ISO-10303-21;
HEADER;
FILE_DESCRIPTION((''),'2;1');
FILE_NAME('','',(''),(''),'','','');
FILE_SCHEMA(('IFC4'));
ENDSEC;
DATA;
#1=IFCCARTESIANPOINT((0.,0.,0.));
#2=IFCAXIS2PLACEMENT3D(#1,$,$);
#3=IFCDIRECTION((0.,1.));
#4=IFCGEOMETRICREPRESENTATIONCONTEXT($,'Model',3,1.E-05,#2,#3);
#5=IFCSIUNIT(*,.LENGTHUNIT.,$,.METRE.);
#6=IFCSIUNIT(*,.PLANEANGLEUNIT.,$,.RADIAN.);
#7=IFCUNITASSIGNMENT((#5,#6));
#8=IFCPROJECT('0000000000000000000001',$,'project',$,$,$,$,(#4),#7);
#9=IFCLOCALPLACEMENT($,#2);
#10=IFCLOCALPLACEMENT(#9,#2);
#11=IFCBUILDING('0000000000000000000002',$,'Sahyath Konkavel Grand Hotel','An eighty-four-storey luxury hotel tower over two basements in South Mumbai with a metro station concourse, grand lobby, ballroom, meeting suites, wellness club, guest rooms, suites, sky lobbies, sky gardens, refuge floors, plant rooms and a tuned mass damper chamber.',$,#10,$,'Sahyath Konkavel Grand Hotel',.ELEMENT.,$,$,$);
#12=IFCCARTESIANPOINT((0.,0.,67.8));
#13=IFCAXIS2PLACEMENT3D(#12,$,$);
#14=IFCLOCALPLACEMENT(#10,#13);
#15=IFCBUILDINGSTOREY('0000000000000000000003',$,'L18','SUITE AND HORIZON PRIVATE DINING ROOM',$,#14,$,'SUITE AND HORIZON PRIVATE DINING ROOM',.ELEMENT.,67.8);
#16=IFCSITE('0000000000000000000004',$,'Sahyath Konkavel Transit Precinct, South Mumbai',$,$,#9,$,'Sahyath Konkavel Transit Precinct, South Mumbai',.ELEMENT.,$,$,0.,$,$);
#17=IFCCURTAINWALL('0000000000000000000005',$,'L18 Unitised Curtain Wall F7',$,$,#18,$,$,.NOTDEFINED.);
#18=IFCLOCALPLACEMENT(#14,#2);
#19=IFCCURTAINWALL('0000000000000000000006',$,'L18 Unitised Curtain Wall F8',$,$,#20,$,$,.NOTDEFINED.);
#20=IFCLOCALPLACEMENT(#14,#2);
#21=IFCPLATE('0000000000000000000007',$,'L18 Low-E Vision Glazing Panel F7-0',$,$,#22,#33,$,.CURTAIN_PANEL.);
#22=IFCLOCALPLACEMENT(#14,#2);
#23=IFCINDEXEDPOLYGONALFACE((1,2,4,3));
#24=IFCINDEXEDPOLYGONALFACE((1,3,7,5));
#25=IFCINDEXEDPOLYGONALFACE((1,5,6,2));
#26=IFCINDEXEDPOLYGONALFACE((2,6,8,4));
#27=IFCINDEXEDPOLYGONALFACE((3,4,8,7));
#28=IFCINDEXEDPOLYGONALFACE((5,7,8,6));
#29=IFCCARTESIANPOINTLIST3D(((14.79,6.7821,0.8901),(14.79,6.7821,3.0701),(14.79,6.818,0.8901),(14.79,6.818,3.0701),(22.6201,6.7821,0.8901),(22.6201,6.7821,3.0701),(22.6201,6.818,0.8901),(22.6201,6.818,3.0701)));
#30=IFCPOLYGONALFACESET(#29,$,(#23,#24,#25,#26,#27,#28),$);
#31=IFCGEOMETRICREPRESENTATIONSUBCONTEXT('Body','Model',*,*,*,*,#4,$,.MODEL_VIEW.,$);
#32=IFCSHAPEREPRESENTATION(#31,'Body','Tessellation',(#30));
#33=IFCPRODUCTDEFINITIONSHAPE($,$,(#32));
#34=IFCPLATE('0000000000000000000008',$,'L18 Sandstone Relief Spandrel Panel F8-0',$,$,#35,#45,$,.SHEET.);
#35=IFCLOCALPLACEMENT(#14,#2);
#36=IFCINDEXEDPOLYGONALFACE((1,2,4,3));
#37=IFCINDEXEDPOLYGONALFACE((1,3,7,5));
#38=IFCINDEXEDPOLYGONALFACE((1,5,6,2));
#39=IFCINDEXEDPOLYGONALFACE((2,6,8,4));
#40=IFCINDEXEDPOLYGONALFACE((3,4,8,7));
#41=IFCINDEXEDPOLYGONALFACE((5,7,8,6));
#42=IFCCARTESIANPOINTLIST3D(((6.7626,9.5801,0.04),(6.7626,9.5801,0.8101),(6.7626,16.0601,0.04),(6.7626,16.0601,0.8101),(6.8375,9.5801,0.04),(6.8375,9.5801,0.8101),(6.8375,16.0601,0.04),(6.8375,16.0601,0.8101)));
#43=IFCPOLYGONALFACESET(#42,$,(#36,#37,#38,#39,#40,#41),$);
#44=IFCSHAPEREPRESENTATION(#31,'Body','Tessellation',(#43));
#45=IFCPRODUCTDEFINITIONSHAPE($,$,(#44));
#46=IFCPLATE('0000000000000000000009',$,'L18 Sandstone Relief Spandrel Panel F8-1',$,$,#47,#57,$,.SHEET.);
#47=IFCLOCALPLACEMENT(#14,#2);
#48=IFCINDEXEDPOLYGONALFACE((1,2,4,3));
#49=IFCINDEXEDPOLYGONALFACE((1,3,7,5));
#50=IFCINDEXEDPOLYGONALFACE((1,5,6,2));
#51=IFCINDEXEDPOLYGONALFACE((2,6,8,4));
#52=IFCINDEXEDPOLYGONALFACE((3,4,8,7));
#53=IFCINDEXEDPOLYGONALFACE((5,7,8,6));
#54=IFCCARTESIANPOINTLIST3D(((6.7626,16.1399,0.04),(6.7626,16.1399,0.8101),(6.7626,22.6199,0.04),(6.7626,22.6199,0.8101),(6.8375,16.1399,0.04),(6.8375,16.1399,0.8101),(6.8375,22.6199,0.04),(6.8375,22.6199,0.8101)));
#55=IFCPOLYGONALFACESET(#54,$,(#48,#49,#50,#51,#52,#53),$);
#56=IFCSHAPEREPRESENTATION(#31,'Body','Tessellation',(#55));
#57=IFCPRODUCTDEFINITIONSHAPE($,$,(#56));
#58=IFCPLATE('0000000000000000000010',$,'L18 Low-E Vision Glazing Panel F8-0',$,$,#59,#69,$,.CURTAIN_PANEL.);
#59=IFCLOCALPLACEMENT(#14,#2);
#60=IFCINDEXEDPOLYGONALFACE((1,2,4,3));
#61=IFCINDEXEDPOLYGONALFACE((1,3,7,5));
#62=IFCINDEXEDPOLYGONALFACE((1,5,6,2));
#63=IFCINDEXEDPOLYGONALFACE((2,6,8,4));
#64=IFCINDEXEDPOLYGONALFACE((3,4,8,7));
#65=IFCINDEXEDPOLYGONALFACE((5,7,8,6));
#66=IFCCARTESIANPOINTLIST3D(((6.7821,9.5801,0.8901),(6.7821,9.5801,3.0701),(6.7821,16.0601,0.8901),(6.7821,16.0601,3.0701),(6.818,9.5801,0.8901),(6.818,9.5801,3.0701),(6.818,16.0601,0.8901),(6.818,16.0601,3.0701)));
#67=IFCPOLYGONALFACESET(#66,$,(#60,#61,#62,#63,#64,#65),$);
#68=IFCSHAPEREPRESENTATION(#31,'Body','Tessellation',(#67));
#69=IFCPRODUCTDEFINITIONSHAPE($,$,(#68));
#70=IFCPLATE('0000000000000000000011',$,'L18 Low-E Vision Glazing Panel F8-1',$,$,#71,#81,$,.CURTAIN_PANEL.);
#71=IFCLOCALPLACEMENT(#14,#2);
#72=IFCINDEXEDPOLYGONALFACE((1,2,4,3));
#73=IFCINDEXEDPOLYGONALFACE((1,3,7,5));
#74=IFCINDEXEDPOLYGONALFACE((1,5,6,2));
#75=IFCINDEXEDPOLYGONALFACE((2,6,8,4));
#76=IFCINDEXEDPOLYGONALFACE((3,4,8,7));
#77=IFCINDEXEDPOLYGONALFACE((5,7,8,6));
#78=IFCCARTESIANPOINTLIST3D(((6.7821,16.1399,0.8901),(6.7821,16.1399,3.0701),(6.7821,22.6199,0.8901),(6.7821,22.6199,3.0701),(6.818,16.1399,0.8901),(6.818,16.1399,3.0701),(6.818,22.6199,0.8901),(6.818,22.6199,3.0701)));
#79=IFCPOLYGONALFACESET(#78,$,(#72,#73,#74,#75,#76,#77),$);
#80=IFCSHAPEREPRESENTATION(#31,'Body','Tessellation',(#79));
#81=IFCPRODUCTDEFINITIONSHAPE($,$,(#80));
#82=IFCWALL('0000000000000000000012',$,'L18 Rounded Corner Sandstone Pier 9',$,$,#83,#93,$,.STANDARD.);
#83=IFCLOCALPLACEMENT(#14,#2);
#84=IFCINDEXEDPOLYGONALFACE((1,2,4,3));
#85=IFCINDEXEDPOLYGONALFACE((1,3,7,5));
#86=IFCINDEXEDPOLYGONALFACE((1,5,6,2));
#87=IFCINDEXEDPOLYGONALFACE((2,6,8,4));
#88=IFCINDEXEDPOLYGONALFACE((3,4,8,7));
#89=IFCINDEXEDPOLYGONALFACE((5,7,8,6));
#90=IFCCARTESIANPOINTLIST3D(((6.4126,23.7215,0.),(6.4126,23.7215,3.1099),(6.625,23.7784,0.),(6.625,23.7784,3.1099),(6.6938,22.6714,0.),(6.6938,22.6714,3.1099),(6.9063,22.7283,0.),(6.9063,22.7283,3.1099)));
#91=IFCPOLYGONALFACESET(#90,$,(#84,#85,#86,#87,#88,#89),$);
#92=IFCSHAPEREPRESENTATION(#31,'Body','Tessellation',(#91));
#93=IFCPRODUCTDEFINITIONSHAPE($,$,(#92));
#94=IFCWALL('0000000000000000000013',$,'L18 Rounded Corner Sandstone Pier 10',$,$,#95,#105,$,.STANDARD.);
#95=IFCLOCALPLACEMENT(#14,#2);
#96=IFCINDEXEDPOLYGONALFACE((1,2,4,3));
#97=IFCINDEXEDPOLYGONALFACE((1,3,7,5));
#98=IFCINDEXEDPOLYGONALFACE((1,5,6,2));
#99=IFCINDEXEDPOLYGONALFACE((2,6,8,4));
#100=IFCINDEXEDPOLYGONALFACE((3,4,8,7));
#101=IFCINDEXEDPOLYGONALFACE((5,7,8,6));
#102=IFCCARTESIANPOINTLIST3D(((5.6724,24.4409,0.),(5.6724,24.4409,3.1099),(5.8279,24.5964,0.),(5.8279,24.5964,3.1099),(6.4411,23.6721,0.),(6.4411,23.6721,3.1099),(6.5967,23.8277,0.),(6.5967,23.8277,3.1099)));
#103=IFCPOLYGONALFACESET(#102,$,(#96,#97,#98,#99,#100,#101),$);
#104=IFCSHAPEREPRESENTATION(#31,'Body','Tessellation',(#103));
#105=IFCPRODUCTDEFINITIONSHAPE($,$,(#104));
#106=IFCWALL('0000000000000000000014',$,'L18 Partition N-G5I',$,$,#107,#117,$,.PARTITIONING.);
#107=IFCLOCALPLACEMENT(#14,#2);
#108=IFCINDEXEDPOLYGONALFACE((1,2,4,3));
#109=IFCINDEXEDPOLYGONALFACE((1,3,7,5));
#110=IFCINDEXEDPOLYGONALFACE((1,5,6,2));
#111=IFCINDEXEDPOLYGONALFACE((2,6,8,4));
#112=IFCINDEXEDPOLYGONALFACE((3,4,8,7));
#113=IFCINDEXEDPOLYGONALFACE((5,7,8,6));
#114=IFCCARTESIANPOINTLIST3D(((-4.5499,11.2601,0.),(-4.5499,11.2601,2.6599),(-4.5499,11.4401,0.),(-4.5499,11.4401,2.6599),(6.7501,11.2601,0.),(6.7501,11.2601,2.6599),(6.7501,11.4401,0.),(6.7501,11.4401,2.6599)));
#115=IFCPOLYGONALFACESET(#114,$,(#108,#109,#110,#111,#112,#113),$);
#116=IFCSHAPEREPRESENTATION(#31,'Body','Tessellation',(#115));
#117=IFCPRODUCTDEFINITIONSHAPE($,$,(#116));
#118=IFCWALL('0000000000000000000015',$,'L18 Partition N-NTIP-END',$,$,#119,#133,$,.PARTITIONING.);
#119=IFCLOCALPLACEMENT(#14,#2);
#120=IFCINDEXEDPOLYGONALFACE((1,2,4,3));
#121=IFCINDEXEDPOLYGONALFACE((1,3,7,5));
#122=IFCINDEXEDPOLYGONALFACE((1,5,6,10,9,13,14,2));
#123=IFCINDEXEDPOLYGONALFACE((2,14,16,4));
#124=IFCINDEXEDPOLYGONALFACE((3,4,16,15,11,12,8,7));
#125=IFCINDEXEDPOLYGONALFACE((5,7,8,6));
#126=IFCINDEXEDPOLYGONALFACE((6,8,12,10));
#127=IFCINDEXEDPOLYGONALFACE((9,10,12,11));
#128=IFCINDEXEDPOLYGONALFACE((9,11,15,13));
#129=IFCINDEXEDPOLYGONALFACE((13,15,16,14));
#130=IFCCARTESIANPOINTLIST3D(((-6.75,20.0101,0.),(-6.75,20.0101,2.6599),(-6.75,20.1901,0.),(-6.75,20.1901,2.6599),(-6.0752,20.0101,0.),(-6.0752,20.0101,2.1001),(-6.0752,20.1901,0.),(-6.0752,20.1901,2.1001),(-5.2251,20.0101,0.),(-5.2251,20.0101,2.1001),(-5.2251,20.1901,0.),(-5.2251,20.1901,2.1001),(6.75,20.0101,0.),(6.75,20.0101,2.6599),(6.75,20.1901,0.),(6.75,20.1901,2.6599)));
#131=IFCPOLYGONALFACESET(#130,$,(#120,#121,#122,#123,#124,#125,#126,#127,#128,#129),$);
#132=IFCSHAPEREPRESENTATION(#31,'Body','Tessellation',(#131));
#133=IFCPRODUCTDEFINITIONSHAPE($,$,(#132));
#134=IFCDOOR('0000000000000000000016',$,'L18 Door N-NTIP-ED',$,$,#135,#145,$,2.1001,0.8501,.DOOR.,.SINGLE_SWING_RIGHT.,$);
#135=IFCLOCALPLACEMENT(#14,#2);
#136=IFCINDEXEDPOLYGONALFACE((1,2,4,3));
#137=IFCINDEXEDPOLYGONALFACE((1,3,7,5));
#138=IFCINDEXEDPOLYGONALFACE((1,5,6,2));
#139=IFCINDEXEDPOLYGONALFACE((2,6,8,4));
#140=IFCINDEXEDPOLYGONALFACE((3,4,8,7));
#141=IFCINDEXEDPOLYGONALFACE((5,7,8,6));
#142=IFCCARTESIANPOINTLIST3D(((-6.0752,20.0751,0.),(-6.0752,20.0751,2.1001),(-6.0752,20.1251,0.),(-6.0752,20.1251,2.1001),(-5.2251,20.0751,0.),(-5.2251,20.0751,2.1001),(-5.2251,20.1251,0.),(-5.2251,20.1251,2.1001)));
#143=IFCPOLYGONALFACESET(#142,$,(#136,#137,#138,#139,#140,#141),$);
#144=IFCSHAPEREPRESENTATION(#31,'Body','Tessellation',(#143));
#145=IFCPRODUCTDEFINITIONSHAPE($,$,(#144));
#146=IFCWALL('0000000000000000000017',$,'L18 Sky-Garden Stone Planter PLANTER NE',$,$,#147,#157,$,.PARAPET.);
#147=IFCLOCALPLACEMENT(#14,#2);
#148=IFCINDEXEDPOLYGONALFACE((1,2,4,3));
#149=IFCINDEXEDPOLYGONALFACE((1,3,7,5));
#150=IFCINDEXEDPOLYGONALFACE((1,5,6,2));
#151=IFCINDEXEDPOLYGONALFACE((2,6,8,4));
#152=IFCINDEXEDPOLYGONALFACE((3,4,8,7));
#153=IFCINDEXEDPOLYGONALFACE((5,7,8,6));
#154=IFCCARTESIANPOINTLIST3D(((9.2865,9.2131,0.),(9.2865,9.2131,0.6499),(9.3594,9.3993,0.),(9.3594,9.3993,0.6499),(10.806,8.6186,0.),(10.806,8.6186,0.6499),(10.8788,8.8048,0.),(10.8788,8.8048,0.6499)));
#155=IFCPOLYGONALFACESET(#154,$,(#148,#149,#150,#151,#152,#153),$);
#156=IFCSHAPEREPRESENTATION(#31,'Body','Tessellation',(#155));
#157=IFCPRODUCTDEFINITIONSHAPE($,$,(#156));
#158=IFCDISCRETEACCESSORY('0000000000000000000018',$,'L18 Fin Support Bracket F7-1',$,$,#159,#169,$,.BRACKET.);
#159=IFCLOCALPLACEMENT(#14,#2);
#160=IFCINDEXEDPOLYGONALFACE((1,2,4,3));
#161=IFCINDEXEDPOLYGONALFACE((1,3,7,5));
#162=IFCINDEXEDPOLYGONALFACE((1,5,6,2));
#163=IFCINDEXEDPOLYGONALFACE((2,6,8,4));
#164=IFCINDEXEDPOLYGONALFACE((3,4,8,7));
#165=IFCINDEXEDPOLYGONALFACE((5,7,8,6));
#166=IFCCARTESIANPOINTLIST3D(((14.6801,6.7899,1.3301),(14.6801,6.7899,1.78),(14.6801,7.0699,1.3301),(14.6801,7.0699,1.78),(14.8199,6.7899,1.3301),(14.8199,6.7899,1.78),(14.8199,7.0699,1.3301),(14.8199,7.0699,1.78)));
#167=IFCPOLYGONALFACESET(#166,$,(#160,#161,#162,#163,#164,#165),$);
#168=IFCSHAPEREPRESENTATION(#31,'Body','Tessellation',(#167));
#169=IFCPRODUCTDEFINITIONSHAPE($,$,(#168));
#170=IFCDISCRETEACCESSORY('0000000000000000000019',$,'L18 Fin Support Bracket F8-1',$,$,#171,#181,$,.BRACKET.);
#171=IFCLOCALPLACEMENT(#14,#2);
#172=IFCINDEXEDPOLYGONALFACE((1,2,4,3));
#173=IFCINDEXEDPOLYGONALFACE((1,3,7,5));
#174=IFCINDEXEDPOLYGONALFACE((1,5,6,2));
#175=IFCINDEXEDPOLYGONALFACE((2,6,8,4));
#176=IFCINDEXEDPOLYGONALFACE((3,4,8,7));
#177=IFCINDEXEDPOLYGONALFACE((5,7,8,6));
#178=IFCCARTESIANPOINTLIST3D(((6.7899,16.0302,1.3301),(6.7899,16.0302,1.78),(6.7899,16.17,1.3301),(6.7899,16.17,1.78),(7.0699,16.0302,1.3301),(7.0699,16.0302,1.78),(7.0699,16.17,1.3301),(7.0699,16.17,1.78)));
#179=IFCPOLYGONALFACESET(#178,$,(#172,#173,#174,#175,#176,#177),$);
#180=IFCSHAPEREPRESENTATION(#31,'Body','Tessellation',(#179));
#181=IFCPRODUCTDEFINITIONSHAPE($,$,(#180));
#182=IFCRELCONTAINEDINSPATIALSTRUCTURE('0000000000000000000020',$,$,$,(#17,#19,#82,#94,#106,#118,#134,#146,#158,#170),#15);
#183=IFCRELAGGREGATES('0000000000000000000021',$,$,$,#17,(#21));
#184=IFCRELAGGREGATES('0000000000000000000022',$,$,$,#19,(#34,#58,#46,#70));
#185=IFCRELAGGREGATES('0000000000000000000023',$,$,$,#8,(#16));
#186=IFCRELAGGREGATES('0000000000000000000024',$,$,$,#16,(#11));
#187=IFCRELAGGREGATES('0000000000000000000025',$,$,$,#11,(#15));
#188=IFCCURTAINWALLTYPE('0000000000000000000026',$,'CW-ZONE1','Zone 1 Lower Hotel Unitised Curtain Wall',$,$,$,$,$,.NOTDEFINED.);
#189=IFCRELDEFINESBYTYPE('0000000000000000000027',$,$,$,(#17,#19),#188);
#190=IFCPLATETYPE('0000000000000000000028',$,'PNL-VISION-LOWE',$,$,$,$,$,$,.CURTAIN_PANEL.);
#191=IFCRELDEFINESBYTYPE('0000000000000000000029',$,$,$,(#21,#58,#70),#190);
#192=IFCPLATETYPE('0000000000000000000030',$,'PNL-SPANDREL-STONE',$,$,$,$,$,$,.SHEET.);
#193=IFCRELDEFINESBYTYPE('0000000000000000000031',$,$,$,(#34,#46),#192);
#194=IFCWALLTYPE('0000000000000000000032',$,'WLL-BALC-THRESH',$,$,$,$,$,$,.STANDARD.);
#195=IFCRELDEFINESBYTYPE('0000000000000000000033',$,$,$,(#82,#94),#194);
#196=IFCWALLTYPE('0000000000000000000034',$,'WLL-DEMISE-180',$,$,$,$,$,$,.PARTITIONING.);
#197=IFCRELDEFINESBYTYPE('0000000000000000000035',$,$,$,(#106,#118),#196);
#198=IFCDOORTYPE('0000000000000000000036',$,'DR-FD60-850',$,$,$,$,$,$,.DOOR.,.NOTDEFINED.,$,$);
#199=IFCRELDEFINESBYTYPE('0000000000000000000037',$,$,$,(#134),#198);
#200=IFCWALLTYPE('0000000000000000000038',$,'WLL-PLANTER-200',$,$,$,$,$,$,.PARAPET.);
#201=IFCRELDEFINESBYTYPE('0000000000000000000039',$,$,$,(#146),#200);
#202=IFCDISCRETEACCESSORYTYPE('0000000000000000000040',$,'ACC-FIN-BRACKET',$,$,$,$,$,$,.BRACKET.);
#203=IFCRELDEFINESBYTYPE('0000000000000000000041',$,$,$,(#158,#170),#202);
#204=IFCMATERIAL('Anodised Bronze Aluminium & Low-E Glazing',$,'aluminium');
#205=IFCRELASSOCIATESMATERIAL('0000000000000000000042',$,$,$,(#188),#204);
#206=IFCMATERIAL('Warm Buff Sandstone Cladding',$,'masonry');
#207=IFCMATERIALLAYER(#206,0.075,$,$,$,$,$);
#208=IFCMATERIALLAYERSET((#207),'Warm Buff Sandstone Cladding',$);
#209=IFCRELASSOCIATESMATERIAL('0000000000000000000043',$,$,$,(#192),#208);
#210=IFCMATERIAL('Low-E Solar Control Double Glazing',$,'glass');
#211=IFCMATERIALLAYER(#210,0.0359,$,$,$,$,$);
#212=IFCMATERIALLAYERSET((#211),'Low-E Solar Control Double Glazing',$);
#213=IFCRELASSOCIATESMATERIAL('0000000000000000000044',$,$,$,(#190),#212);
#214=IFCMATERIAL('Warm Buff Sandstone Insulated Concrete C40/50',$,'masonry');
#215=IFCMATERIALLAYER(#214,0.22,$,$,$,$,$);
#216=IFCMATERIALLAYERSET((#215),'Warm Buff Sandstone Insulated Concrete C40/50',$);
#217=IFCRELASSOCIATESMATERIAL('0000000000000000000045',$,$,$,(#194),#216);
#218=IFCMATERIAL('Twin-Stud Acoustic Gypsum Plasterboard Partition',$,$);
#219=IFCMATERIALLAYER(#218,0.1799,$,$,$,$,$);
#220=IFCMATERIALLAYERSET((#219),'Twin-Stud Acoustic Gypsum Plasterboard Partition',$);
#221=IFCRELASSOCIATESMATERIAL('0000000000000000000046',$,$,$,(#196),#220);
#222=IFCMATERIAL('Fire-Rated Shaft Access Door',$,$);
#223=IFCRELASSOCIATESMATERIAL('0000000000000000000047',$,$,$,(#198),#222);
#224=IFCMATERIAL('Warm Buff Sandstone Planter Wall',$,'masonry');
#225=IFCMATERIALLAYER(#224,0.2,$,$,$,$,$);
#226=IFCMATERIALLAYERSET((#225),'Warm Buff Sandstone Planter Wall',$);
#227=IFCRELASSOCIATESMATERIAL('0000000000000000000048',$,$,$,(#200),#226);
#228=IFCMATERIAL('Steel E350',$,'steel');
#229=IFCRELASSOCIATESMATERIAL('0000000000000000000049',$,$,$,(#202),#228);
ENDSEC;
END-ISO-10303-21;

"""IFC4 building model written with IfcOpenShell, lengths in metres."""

from ifc_helpers import new_model, si_unit, direction, frame, frame_2d, origin, origin_2d, place, context, subcontext, project, spatial, rectangle, extrude, source, transform, mapped, material, layer, layer_set, type_object, element, fill, aggregate, save


model = new_model("IFC4")

# Units and contexts
model_context = context("Model", 3, precision=1e-05, world=origin(), true_north=direction((0.0, 1.0)))
body_context = subcontext(model_context, "Body", "Model", "MODEL_VIEW")
ifc_project = project(units=[si_unit("LENGTHUNIT", "METRE"), si_unit("PLANEANGLEUNIT", "RADIAN")], contexts=[model_context])

# Site, building, storey
site_placement = place(None, origin())
site = spatial("IfcSite", under=ifc_project, at=site_placement, Name="Sahyath Konkavel Transit Precinct, South Mumbai", LongName="Sahyath Konkavel Transit Precinct, South Mumbai", CompositionType="ELEMENT", RefElevation=0.0)
building_placement = place(site_placement, origin())
building = spatial("IfcBuilding", under=site, at=building_placement, Name="Sahyath Konkavel Grand Hotel", Description="An eighty-four-storey luxury hotel tower over two basements in South Mumbai with a metro station concourse, grand lobby, ballroom, meeting suites, wellness club, guest rooms, suites, sky lobbies, sky gardens, refuge floors, plant rooms and a tuned mass damper chamber.", LongName="Sahyath Konkavel Grand Hotel", CompositionType="ELEMENT")
storey_placement = place(building_placement, frame((0.0, 0.0, 67.8)))
storey = spatial("IfcBuildingStorey", under=building, at=storey_placement, Name="L18", Description="SUITE AND HORIZON PRIVATE DINING ROOM", LongName="SUITE AND HORIZON PRIVATE DINING ROOM", CompositionType="ELEMENT", Elevation=67.8)

# Curtain wall
ifc_material_1 = material(Name="Anodised Bronze Aluminium & Low-E Glazing", Category="aluminium")
curtain_wall_type = type_object("IfcCurtainWallType", Name="CW-ZONE1", Description="Zone 1 Lower Hotel Unitised Curtain Wall", PredefinedType="NOTDEFINED", material=ifc_material_1)
curtain_wall_1_placement = place(storey_placement, origin())
curtain_wall_1 = element("IfcCurtainWall", 1, at=curtain_wall_1_placement, inside=storey, type_object=curtain_wall_type, Name="L18 Unitised Curtain Wall F7", PredefinedType="NOTDEFINED")

# Curtain wall
curtain_wall_2_placement = place(storey_placement, origin())
curtain_wall_2 = element("IfcCurtainWall", 2, at=curtain_wall_2_placement, inside=storey, type_object=curtain_wall_type, Name="L18 Unitised Curtain Wall F8", PredefinedType="NOTDEFINED")

# Plates
ifc_material_2 = material(Name="Warm Buff Sandstone Cladding", Category="masonry")
ifc_layer_1 = layer(ifc_material_2, 0.075)
ifc_layer_set_1 = layer_set([ifc_layer_1], Name="Warm Buff Sandstone Cladding")
plate_type_1 = type_object("IfcPlateType", Name="PNL-SPANDREL-STONE", PredefinedType="SHEET", material=ifc_layer_set_1)
ifc_material_3 = material(Name="Low-E Solar Control Double Glazing", Category="glass")
ifc_layer_2 = layer(ifc_material_3, 0.0359)
ifc_layer_set_2 = layer_set([ifc_layer_2], Name="Low-E Solar Control Double Glazing")
plate_type_2 = type_object("IfcPlateType", Name="PNL-VISION-LOWE", PredefinedType="CURTAIN_PANEL", material=ifc_layer_set_2)
shared_shape_1 = source(origin(), body_context, "Body", "SweptSolid", [
    extrude(rectangle(XDim=7.8301, YDim=0.0359, at=origin_2d()), origin(), (0.0, 0.0, 1.0), 2.1799),
])
plate_1_placement = place(storey_placement, frame((18.7051, 6.8, 0.8901), z_axis=(0.0, 0.0, 1.0), x_axis=(-1.0, 0.0, 0.0)))
plate_1 = element("IfcPlate", 3, at=plate_1_placement, type_object=plate_type_2, Name="L18 Low-E Vision Glazing Panel F7-0", PredefinedType="CURTAIN_PANEL", context=body_context, shape_type="MappedRepresentation", body=[
    mapped(shared_shape_1, transform((0.0, 0.0, 0.0), scale=1.0)),
])
aggregate(curtain_wall_1, [plate_1])
shared_shape_2 = source(origin(), body_context, "Body", "SweptSolid", [
    extrude(rectangle(XDim=6.48, YDim=0.075, at=origin_2d()), origin(), (0.0, 0.0, 1.0), 0.77),
])
plate_2_placement = place(storey_placement, frame((6.8, 12.8201, 0.04), z_axis=(0.0, 0.0, 1.0), x_axis=(0.0, 1.0, 0.0)))
plate_2 = element("IfcPlate", 4, at=plate_2_placement, type_object=plate_type_1, Name="L18 Sandstone Relief Spandrel Panel F8-0", PredefinedType="SHEET", context=body_context, shape_type="MappedRepresentation", body=[
    mapped(shared_shape_2, transform((0.0, 0.0, 0.0), scale=1.0)),
])
plate_3_placement = place(storey_placement, frame((6.8, 19.3799, 0.04), z_axis=(0.0, 0.0, 1.0), x_axis=(0.0, 1.0, 0.0)))
plate_3 = element("IfcPlate", 5, at=plate_3_placement, type_object=plate_type_1, Name="L18 Sandstone Relief Spandrel Panel F8-1", PredefinedType="SHEET", context=body_context, shape_type="MappedRepresentation", body=[
    mapped(shared_shape_2, transform((0.0, 0.0, 0.0), scale=1.0)),
])
shared_shape_3 = source(origin(), body_context, "Body", "SweptSolid", [
    extrude(rectangle(XDim=6.48, YDim=0.0359, at=origin_2d()), origin(), (0.0, 0.0, 1.0), 2.1799),
])
plate_4_placement = place(storey_placement, frame((6.8, 12.8201, 0.8901), z_axis=(0.0, 0.0, 1.0), x_axis=(0.0, 1.0, 0.0)))
plate_4 = element("IfcPlate", 6, at=plate_4_placement, type_object=plate_type_2, Name="L18 Low-E Vision Glazing Panel F8-0", PredefinedType="CURTAIN_PANEL", context=body_context, shape_type="MappedRepresentation", body=[
    mapped(shared_shape_3, transform((0.0, 0.0, 0.0), scale=1.0)),
])
plate_5_placement = place(storey_placement, frame((6.8, 19.3799, 0.8901), z_axis=(0.0, 0.0, 1.0), x_axis=(0.0, 1.0, 0.0)))
plate_5 = element("IfcPlate", 7, at=plate_5_placement, type_object=plate_type_2, Name="L18 Low-E Vision Glazing Panel F8-1", PredefinedType="CURTAIN_PANEL", context=body_context, shape_type="MappedRepresentation", body=[
    mapped(shared_shape_3, transform((0.0, 0.0, 0.0), scale=1.0)),
])
aggregate(curtain_wall_2, [plate_2, plate_4, plate_3, plate_5])

# Walls
ifc_material_4 = material(Name="Warm Buff Sandstone Insulated Concrete C40/50", Category="masonry")
ifc_layer_3 = layer(ifc_material_4, 0.22)
ifc_layer_set_3 = layer_set([ifc_layer_3], Name="Warm Buff Sandstone Insulated Concrete C40/50")
wall_type_1 = type_object("IfcWallType", Name="WLL-BALC-THRESH", PredefinedType="STANDARD", material=ifc_layer_set_3)
for number, where, z_axis, x_axis, name in (
    (8, (6.8, 22.7, 0.0), (0.0, 0.0, 1.0), (-0.258725, 0.965951, 0.0), "L18 Rounded Corner Sandstone Pier 9"),
    (9, (6.5188, 23.75, 0.0), (0.0, 0.0, 1.0), (-0.707107, 0.707107, 0.0), "L18 Rounded Corner Sandstone Pier 10"),
):
    element("IfcWall", number, at=place(storey_placement, frame(where, z_axis=z_axis, x_axis=x_axis)), inside=storey, type_object=wall_type_1, Name=name, PredefinedType="STANDARD", context=body_context, shape_type="SweptSolid", body=[
        extrude(rectangle(XDim=1.0872, YDim=0.22, at=frame_2d((0.5435, 0.0))), origin(), (0.0, 0.0, 1.0), 3.1099),
    ])
ifc_material_5 = material(Name="Twin-Stud Acoustic Gypsum Plasterboard Partition")
ifc_layer_4 = layer(ifc_material_5, 0.1799)
ifc_layer_set_4 = layer_set([ifc_layer_4], Name="Twin-Stud Acoustic Gypsum Plasterboard Partition")
wall_type_2 = type_object("IfcWallType", Name="WLL-DEMISE-180", PredefinedType="PARTITIONING", material=ifc_layer_set_4)
wall_1_placement = place(storey_placement, frame((6.75, 11.3501, 0.0), z_axis=(0.0, 0.0, 1.0), x_axis=(-1.0, 0.0, 0.0)))
element("IfcWall", 10, at=wall_1_placement, inside=storey, type_object=wall_type_2, Name="L18 Partition N-G5I", PredefinedType="PARTITIONING", context=body_context, shape_type="SweptSolid", body=[
    extrude(rectangle(XDim=11.3, YDim=0.1799, at=frame_2d((5.6499, 0.0))), origin(), (0.0, 0.0, 1.0), 2.6599),
])

# Wall, opening, door
wall_2_placement = place(storey_placement, frame((6.75, 20.1001, 0.0), z_axis=(0.0, 0.0, 1.0), x_axis=(-1.0, 0.0, 0.0)))
wall_2 = element("IfcWall", 11, at=wall_2_placement, inside=storey, type_object=wall_type_2, Name="L18 Partition N-NTIP-END", PredefinedType="PARTITIONING", context=body_context, shape_type="SweptSolid", body=[
    extrude(rectangle(XDim=13.5, YDim=0.1799, at=frame_2d((6.75, 0.0))), origin(), (0.0, 0.0, 1.0), 2.6599),
])
opening_placement = place(wall_2_placement, frame((11.9751, 0.0, 0.0)))
opening = element("IfcOpeningElement", 12, at=opening_placement, cuts=wall_2, PredefinedType="OPENING", context=body_context, shape_type="SweptSolid", body=[
    extrude(rectangle(XDim=0.8501, YDim=2.1001, at=frame_2d((0.425, 1.05))), frame((0.0, 0.1001, 0.0), z_axis=(0.0, -1.0, 0.0), x_axis=(1.0, 0.0, 0.0)), (0.0, 0.0, 1.0), 0.2),
])
ifc_material_6 = material(Name="Fire-Rated Shaft Access Door")
door_type = type_object("IfcDoorType", Name="DR-FD60-850", OperationType="NOTDEFINED", PredefinedType="DOOR", material=ifc_material_6)
shared_shape_4 = source(origin(), body_context, "Body", "SweptSolid", [
    extrude(rectangle(XDim=0.8501, YDim=0.05, at=origin_2d()), origin(), (0.0, 0.0, 1.0), 2.1001),
])
door_placement = place(opening_placement, frame((0.425, 0.0, 0.0)))
door = element("IfcDoor", 13, at=door_placement, inside=storey, type_object=door_type, Name="L18 Door N-NTIP-ED", OperationType="SINGLE_SWING_RIGHT", OverallHeight=2.1001, OverallWidth=0.8501, PredefinedType="DOOR", context=body_context, shape_type="MappedRepresentation", body=[
    mapped(shared_shape_4, transform((0.0, 0.0, 0.0), scale=1.0)),
])
fill(opening, door)

# Wall
ifc_material_7 = material(Name="Warm Buff Sandstone Planter Wall", Category="masonry")
ifc_layer_5 = layer(ifc_material_7, 0.2)
ifc_layer_set_5 = layer_set([ifc_layer_5], Name="Warm Buff Sandstone Planter Wall")
wall_type_3 = type_object("IfcWallType", Name="WLL-PLANTER-200", PredefinedType="PARAPET", material=ifc_layer_set_5)
wall_3_placement = place(storey_placement, frame((10.8425, 8.7117, 0.0), z_axis=(0.0, 0.0, 1.0), x_axis=(-0.931267, 0.364337, 0.0)))
element("IfcWall", 14, at=wall_3_placement, inside=storey, type_object=wall_type_3, Name="L18 Sky-Garden Stone Planter PLANTER NE", PredefinedType="PARAPET", context=body_context, shape_type="SweptSolid", body=[
    extrude(rectangle(XDim=1.6316, YDim=0.2, at=frame_2d((0.8159, 0.0))), origin(), (0.0, 0.0, 1.0), 0.6499),
])

# Discrete accessories
ifc_material_8 = material(Name="Steel E350", Category="steel")
discrete_accessory_type = type_object("IfcDiscreteAccessoryType", Name="ACC-FIN-BRACKET", PredefinedType="BRACKET", material=ifc_material_8)
shared_shape_5 = source(origin(), body_context, "Body", "SweptSolid", [
    extrude(rectangle(XDim=0.28, YDim=0.1399, at=origin_2d()), origin(), (0.0, 0.0, 1.0), 0.45),
])
for number, where, z_axis, x_axis, name in (
    (15, (14.75, 6.9299, 1.3301), (0.0, 0.0, 1.0), (0.0, 1.0, 0.0), "L18 Fin Support Bracket F7-1"),
    (16, (6.9299, 16.1001, 1.3301), (0.0, 0.0, 1.0), (1.0, 0.0, 0.0), "L18 Fin Support Bracket F8-1"),
):
    element("IfcDiscreteAccessory", number, at=place(storey_placement, frame(where, z_axis=z_axis, x_axis=x_axis)), inside=storey, type_object=discrete_accessory_type, Name=name, PredefinedType="BRACKET", context=body_context, shape_type="MappedRepresentation", body=[
        mapped(shared_shape_5, transform((0.0, 0.0, 0.0), scale=1.0)),
    ])

save(model, "model.ifc")
